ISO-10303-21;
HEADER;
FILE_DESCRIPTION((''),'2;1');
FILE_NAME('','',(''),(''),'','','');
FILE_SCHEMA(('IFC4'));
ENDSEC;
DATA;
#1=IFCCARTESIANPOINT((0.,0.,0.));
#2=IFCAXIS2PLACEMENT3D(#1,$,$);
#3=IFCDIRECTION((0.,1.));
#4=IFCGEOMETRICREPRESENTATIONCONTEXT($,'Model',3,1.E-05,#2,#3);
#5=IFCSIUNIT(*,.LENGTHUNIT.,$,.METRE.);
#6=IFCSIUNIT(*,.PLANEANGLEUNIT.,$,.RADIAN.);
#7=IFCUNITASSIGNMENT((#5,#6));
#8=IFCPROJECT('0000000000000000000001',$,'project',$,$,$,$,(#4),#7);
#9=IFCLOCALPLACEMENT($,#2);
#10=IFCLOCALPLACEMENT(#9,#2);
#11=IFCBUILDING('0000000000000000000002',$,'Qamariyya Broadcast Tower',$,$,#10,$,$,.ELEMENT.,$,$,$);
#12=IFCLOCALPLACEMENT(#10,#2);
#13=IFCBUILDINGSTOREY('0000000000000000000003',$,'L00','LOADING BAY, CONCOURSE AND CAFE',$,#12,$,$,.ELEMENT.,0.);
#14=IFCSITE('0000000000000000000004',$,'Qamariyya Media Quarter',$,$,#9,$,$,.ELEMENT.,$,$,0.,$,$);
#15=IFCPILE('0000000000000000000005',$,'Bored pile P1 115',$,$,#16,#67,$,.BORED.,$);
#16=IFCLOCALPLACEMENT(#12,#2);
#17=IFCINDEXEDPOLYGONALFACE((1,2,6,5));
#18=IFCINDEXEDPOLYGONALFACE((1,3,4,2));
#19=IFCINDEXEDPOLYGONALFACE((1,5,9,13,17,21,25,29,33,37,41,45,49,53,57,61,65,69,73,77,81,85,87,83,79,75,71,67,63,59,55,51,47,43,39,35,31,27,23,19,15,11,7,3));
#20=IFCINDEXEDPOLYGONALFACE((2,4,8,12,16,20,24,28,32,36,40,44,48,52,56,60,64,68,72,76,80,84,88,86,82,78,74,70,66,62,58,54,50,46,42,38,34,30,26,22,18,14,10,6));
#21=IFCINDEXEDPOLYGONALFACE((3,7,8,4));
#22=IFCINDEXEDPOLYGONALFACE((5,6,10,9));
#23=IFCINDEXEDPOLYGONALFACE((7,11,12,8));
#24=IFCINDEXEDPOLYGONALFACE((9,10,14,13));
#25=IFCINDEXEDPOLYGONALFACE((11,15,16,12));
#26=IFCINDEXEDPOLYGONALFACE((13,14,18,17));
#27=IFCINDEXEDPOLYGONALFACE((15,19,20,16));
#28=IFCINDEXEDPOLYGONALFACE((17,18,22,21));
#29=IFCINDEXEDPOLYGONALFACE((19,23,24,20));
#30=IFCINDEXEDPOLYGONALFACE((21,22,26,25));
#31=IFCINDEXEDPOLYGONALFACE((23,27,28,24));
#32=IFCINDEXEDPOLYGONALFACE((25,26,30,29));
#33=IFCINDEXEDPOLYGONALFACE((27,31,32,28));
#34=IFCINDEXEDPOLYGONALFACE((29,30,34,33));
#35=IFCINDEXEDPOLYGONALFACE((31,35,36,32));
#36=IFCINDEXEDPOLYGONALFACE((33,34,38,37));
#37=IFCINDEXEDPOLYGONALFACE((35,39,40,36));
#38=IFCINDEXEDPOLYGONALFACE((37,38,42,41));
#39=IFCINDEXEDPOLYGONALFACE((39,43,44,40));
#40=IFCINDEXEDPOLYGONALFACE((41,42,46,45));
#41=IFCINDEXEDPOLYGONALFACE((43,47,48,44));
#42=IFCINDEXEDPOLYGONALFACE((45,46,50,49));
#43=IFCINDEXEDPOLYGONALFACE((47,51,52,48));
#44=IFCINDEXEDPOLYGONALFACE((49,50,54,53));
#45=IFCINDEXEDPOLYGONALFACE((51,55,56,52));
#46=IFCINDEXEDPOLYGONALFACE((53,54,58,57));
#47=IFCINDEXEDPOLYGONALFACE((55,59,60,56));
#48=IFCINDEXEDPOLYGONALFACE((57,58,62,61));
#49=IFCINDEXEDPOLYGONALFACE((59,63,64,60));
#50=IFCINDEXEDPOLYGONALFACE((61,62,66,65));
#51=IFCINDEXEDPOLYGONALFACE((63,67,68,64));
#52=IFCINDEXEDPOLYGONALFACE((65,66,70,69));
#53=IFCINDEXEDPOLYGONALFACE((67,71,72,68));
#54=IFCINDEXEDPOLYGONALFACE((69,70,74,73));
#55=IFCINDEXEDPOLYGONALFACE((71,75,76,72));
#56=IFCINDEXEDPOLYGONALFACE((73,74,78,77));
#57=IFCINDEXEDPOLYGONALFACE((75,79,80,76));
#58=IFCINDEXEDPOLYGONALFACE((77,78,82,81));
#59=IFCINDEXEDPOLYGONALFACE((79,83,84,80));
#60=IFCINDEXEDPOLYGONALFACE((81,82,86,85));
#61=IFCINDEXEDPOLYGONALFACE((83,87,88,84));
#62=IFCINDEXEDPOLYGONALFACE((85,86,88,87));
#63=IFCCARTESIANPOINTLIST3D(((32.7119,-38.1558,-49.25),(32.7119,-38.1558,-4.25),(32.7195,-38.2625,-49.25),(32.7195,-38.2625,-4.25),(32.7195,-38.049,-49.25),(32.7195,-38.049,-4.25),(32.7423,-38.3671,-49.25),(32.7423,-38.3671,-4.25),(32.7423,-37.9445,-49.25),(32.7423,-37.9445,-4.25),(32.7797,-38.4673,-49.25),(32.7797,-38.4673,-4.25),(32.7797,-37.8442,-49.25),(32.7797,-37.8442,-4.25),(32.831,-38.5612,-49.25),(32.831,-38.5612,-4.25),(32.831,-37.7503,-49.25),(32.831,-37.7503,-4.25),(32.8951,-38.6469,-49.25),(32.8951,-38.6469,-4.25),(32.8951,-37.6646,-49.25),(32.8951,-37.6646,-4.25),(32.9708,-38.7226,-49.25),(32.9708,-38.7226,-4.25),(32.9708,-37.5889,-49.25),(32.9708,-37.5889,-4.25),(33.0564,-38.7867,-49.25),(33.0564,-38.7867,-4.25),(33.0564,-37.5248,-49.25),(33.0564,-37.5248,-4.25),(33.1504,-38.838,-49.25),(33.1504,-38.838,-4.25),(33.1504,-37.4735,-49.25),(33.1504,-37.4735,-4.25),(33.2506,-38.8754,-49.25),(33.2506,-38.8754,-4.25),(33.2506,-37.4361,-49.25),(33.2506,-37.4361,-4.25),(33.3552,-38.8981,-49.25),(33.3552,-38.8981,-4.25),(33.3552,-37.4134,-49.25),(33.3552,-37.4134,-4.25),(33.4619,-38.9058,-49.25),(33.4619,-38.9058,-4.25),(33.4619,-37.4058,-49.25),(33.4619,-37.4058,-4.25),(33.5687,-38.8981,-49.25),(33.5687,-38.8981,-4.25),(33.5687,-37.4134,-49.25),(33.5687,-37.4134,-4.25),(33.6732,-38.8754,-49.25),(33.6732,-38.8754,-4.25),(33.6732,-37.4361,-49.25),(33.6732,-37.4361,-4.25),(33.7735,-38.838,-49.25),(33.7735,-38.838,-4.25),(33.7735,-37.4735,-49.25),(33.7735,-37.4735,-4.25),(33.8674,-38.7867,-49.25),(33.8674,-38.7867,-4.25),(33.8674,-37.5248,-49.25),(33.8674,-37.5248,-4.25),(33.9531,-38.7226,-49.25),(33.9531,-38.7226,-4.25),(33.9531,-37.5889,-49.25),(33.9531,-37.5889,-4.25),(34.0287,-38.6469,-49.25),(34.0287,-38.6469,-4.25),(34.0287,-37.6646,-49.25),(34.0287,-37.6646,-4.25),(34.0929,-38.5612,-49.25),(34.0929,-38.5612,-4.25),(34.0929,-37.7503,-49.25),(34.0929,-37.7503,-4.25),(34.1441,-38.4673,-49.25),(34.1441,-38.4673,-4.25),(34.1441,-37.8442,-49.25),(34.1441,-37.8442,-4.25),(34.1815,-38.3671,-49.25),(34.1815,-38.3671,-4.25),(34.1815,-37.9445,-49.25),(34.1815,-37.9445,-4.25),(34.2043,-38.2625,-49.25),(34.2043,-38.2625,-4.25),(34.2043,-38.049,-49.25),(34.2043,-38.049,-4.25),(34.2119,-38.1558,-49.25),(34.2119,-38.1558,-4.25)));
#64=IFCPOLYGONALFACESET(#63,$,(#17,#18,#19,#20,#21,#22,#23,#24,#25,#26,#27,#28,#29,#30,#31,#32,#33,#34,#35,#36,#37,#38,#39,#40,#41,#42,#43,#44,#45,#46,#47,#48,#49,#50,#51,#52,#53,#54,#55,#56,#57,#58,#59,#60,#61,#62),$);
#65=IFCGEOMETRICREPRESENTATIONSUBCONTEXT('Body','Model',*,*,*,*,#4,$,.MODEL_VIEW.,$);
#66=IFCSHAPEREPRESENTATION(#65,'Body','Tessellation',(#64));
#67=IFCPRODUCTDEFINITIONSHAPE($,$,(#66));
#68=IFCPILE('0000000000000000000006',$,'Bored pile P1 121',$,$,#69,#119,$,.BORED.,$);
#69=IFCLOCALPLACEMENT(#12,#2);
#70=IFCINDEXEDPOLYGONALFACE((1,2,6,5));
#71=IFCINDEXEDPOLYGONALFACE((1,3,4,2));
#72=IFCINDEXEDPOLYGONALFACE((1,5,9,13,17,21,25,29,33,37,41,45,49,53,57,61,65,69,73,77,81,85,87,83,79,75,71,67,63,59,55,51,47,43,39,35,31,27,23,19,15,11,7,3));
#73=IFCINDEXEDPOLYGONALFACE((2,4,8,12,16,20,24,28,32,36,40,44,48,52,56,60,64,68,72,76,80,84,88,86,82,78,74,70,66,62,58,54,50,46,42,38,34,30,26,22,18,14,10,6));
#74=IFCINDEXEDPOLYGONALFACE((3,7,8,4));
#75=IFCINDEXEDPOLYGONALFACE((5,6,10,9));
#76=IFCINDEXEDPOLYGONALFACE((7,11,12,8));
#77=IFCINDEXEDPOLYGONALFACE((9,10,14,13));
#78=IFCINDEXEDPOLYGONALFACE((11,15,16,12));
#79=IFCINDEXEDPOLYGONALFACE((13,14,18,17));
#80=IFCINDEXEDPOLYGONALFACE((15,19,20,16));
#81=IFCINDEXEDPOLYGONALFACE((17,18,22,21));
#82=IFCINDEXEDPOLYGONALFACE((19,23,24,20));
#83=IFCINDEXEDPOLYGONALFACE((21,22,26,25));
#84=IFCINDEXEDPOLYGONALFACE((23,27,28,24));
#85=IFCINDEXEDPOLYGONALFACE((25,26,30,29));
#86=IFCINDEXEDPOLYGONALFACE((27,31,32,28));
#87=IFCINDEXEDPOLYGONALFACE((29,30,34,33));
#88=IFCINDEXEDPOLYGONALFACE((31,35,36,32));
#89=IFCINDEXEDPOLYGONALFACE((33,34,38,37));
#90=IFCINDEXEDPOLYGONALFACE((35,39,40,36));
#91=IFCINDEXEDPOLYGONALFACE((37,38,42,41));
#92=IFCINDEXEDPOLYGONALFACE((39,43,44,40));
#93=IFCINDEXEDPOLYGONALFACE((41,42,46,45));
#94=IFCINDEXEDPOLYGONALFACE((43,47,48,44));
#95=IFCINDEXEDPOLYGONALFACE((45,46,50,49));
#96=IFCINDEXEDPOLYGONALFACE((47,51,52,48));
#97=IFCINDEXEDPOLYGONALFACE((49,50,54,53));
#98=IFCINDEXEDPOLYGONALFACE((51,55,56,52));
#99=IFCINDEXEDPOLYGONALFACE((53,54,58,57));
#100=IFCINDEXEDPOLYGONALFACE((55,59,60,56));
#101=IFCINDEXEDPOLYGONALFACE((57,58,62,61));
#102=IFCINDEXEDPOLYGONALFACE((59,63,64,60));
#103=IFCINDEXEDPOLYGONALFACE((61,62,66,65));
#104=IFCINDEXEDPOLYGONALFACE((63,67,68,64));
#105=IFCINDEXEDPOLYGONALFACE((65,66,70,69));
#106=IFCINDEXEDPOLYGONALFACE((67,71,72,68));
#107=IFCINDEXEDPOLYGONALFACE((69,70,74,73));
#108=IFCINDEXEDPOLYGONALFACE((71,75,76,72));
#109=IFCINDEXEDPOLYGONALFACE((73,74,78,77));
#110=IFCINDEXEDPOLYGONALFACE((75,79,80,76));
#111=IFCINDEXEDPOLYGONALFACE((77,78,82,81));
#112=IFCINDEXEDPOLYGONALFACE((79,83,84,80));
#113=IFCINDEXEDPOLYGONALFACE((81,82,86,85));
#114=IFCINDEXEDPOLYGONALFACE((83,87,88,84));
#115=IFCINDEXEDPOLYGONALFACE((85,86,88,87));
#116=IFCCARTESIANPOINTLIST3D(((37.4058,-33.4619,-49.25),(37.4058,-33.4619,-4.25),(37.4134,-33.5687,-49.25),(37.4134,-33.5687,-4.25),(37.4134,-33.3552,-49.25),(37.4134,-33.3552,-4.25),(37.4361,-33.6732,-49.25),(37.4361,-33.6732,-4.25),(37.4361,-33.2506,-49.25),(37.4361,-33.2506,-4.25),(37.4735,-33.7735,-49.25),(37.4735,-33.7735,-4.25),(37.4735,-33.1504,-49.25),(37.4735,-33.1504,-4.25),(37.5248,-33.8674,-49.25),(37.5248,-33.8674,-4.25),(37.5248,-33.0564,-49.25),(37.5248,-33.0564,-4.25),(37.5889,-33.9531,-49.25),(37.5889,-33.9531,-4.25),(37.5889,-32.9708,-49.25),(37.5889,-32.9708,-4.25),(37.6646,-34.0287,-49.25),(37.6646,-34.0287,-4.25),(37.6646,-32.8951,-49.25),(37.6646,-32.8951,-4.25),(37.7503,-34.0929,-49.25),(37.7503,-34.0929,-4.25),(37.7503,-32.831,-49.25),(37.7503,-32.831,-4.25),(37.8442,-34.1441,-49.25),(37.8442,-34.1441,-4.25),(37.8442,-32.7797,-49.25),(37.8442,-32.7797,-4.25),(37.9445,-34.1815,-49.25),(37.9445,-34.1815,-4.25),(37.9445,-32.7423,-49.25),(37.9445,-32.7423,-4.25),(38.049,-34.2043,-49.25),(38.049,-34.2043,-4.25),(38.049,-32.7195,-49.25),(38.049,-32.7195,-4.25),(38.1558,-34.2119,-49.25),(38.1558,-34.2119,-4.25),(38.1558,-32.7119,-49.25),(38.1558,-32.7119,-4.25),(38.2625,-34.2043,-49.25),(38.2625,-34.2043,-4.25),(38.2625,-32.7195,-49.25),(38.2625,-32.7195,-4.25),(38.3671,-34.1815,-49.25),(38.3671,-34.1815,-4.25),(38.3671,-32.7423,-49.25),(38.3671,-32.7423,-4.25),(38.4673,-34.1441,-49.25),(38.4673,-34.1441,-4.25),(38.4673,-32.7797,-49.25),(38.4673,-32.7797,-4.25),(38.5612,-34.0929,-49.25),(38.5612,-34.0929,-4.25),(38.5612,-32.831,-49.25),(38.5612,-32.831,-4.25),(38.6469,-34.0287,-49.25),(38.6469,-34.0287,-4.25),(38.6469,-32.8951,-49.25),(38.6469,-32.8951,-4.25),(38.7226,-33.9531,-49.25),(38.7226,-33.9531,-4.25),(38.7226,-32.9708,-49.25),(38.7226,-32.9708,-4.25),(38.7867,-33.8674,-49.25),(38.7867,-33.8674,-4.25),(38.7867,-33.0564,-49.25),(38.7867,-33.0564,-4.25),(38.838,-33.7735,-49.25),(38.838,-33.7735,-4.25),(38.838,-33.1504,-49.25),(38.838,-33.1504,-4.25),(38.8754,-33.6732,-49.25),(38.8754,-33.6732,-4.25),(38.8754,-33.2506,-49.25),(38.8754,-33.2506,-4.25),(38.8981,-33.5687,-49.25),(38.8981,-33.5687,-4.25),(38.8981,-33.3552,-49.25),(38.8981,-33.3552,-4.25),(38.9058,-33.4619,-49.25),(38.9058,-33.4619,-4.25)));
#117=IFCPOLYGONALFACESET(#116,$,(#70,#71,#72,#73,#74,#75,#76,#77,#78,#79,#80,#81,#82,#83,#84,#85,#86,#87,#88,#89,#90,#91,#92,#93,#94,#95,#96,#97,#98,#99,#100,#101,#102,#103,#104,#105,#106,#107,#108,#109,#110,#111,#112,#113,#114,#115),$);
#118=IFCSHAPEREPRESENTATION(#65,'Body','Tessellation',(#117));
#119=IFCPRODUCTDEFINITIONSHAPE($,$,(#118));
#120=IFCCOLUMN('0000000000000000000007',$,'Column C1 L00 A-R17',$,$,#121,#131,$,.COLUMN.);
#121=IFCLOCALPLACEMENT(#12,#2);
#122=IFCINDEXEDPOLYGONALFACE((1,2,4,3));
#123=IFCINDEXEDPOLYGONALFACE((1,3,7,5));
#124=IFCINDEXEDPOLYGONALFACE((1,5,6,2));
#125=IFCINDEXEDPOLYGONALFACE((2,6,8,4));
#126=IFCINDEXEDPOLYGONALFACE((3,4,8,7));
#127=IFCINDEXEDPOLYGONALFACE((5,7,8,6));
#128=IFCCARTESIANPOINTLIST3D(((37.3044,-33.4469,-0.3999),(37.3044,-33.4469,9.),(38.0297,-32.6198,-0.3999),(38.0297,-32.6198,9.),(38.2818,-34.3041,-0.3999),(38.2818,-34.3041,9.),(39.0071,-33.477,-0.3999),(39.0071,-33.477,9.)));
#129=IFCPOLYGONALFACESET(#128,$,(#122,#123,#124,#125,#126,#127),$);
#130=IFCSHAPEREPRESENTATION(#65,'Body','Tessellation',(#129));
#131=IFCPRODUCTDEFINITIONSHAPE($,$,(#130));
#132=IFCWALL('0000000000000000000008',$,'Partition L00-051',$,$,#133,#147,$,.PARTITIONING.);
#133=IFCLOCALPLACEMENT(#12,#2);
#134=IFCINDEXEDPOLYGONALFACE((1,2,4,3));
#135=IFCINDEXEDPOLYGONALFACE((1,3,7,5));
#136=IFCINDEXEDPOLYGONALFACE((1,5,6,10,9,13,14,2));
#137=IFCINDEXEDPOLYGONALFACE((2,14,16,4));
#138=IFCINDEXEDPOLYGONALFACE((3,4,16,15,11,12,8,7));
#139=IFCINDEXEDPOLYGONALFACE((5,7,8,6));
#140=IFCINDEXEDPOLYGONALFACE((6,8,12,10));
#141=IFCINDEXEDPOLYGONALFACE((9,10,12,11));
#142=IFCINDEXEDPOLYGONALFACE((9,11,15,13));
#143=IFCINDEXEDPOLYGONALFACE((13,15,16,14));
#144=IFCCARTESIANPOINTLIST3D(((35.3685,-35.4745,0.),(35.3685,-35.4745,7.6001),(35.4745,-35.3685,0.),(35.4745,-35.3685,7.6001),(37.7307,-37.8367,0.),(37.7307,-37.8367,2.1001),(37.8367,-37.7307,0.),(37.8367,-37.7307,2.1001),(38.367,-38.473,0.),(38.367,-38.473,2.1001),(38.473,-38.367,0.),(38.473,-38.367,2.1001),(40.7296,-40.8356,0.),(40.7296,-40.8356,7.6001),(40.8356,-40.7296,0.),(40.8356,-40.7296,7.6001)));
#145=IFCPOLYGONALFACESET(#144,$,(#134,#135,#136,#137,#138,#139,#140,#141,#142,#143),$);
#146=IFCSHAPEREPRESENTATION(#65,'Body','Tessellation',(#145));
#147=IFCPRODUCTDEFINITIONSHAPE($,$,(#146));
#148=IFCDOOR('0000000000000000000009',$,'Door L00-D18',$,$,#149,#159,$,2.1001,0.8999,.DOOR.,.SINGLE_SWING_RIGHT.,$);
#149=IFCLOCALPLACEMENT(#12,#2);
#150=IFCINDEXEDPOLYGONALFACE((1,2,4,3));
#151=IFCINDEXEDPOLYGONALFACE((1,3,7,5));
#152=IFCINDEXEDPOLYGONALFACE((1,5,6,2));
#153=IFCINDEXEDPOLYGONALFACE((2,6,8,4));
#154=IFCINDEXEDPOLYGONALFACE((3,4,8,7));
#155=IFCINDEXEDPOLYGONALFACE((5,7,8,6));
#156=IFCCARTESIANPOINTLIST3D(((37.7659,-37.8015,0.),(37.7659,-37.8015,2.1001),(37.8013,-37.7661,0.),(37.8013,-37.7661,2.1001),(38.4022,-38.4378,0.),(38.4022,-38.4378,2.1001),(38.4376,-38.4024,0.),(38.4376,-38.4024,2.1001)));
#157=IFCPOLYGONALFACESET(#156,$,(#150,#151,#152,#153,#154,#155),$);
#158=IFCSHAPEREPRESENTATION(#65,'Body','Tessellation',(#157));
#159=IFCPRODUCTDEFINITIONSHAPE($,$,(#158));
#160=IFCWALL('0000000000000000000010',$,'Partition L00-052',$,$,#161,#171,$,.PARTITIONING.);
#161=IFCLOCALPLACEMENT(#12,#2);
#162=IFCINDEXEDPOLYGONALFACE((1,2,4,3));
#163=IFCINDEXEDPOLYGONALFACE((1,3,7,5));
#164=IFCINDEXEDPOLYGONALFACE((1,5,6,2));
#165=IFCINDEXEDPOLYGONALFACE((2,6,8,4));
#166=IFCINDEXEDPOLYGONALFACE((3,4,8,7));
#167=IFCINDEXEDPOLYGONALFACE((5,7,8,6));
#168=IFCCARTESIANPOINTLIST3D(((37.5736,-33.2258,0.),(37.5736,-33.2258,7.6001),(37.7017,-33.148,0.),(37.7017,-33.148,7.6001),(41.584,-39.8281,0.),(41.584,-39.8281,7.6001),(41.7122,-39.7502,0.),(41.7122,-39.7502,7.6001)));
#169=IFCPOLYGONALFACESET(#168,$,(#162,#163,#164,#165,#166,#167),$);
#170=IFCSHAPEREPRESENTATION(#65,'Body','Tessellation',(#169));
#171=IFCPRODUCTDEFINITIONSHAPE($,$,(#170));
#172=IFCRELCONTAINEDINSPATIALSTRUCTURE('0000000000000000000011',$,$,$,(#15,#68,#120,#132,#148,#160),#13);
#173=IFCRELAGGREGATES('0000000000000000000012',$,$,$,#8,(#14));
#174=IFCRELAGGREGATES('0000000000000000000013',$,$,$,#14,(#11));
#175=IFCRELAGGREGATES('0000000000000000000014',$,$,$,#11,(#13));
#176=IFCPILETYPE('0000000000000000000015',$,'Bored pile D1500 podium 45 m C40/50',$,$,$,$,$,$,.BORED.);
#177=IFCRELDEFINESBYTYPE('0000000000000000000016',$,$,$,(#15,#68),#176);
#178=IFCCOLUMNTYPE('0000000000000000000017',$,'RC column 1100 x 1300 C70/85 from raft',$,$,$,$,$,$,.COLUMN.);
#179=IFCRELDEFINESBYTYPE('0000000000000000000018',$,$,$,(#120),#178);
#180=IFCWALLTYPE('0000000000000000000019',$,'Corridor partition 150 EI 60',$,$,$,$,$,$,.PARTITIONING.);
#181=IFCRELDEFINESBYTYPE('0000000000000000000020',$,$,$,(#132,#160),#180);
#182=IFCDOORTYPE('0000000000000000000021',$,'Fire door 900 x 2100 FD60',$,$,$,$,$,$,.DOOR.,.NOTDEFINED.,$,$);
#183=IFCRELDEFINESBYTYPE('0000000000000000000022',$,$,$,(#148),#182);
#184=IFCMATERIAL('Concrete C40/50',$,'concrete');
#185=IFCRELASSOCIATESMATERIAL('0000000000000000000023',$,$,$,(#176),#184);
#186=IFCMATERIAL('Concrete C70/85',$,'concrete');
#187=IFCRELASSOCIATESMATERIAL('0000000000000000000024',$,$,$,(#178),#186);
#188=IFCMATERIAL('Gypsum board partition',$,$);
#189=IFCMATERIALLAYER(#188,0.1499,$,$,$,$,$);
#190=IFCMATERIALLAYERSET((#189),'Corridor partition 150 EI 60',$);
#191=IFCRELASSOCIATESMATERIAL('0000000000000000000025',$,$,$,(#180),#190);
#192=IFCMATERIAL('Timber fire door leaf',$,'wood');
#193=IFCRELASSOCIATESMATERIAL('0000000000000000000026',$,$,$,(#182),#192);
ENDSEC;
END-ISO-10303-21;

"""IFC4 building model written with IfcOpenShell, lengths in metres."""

from ifc_helpers import new_model, si_unit, direction, frame, frame_2d, origin, origin_2d, place, context, subcontext, project, spatial, rectangle, circle, extrude, material, layer, layer_set, material_profile, profile_set, type_object, element, fill, save


model = new_model("IFC4")

# Units and contexts
model_context = context("Model", 3, precision=1e-05, world=origin(), true_north=direction((0.0, 1.0)))
body_context = subcontext(model_context, "Body", "Model", "MODEL_VIEW")
ifc_project = project(units=[si_unit("LENGTHUNIT", "METRE"), si_unit("PLANEANGLEUNIT", "RADIAN")], contexts=[model_context])

# Site, building, storey
site_placement = place(None, origin())
site = spatial("IfcSite", under=ifc_project, at=site_placement, Name="Qamariyya Media Quarter", CompositionType="ELEMENT", RefElevation=0.0)
building_placement = place(site_placement, origin())
building = spatial("IfcBuilding", under=site, at=building_placement, Name="Qamariyya Broadcast Tower", CompositionType="ELEMENT")
storey_placement = place(building_placement, origin())
storey = spatial("IfcBuildingStorey", under=building, at=storey_placement, Name="L00", Description="LOADING BAY, CONCOURSE AND CAFE", CompositionType="ELEMENT", Elevation=0.0)

# Piles
ifc_material_1 = material(Name="Concrete C40/50", Category="concrete")
ifc_material_profile_1 = material_profile(ifc_material_1, circle(Radius=0.75, at=origin_2d()))
ifc_profile_set_1 = profile_set([ifc_material_profile_1], Name="Concrete C40/50")
pile_type = type_object("IfcPileType", Name="Bored pile D1500 podium 45 m C40/50", PredefinedType="BORED", material=ifc_profile_set_1)
for number, where, z_axis, x_axis, name in (
    (1, (33.4619, -38.1558, -4.25), (0.0, 0.0, -1.0), (1.0, 0.0, 0.0), "Bored pile P1 115"),
    (2, (38.1558, -33.4619, -4.25), (0.0, 0.0, -1.0), (1.0, 0.0, 0.0), "Bored pile P1 121"),
):
    element("IfcPile", number, at=place(storey_placement, frame(where, z_axis=z_axis, x_axis=x_axis)), inside=storey, type_object=pile_type, Name=name, PredefinedType="BORED", context=body_context, shape_type="SweptSolid", body=[
        extrude(circle(Radius=0.75, at=origin_2d()), origin(), (0.0, 0.0, 1.0), 45.0),
    ])

# Column
ifc_material_2 = material(Name="Concrete C70/85", Category="concrete")
ifc_material_profile_2 = material_profile(ifc_material_2, rectangle(XDim=1.1001, YDim=1.3, at=origin_2d()))
ifc_profile_set_2 = profile_set([ifc_material_profile_2], Name="Concrete C70/85")
column_type = type_object("IfcColumnType", Name="RC column 1100 x 1300 C70/85 from raft", PredefinedType="COLUMN", material=ifc_profile_set_2)
column_placement = place(storey_placement, frame((38.1558, -33.4619, -0.3999), z_axis=(0.0, 0.0, 1.0), x_axis=(0.659346, 0.75184, 0.0)))
element("IfcColumn", 3, at=column_placement, inside=storey, type_object=column_type, Name="Column C1 L00 A-R17", PredefinedType="COLUMN", context=body_context, shape_type="SweptSolid", body=[
    extrude(rectangle(XDim=1.1001, YDim=1.3, at=origin_2d()), origin(), (0.0, 0.0, 1.0), 9.3999),
])

# Wall, opening, door
ifc_material_3 = material(Name="Gypsum board partition")
ifc_layer_1 = layer(ifc_material_3, 0.1499)
ifc_layer_set_1 = layer_set([ifc_layer_1], Name="Corridor partition 150 EI 60")
wall_type_1 = type_object("IfcWallType", Name="Corridor partition 150 EI 60", PredefinedType="PARTITIONING", material=ifc_layer_set_1)
wall_1_placement = place(storey_placement, frame((35.4214, -35.4214, 0.0), z_axis=(0.0, 0.0, 1.0), x_axis=(0.707107, -0.707107, 0.0)))
wall_1 = element("IfcWall", 4, at=wall_1_placement, inside=storey, type_object=wall_type_1, Name="Partition L00-051", PredefinedType="PARTITIONING", context=body_context, shape_type="SweptSolid", body=[
    extrude(rectangle(XDim=7.5818, YDim=0.1499, at=frame_2d((3.791, 0.0))), origin(), (0.0, 0.0, 1.0), 7.6001),
])
opening_1_placement = place(wall_1_placement, frame((3.3408, 0.0, 0.0)))
opening_1 = element("IfcOpeningElement", 5, at=opening_1_placement, cuts=wall_1, PredefinedType="OPENING", context=body_context, shape_type="SweptSolid", body=[
    extrude(rectangle(XDim=0.8999, YDim=2.1001, at=frame_2d((0.45, 1.05))), frame((0.0, 0.085, 0.0), z_axis=(0.0, -1.0, 0.0), x_axis=(1.0, 0.0, 0.0)), (0.0, 0.0, 1.0), 0.1699),
])
ifc_material_4 = material(Name="Timber fire door leaf", Category="wood")
door_type_1 = type_object("IfcDoorType", Name="Fire door 900 x 2100 FD60", OperationType="NOTDEFINED", PredefinedType="DOOR", material=ifc_material_4)
door_1_placement = place(opening_1_placement, origin())
door_1 = element("IfcDoor", 6, at=door_1_placement, inside=storey, type_object=door_type_1, Name="Door L00-D18", OperationType="SINGLE_SWING_RIGHT", OverallHeight=2.1001, OverallWidth=0.8999, PredefinedType="DOOR", context=body_context, shape_type="SweptSolid", body=[
    extrude(rectangle(XDim=0.8999, YDim=2.1001, at=frame_2d((0.45, 1.05))), frame((0.0, 0.0249, 0.0), z_axis=(0.0, -1.0, 0.0), x_axis=(1.0, 0.0, 0.0)), (0.0, 0.0, 1.0), 0.05),
])
fill(opening_1, door_1)

# Wall
wall_2_placement = place(storey_placement, frame((37.6377, -33.187, 0.0), z_axis=(0.0, 0.0, 1.0), x_axis=(0.519164, -0.854675, 0.0)))
element("IfcWall", 7, at=wall_2_placement, inside=storey, type_object=wall_type_1, Name="Partition L00-052", PredefinedType="PARTITIONING", context=body_context, shape_type="SweptSolid", body=[
    extrude(rectangle(XDim=7.7249, YDim=0.1499, at=frame_2d((3.8623, 0.0))), origin(), (0.0, 0.0, 1.0), 7.6001),
])

save(model, "model.ifc")
